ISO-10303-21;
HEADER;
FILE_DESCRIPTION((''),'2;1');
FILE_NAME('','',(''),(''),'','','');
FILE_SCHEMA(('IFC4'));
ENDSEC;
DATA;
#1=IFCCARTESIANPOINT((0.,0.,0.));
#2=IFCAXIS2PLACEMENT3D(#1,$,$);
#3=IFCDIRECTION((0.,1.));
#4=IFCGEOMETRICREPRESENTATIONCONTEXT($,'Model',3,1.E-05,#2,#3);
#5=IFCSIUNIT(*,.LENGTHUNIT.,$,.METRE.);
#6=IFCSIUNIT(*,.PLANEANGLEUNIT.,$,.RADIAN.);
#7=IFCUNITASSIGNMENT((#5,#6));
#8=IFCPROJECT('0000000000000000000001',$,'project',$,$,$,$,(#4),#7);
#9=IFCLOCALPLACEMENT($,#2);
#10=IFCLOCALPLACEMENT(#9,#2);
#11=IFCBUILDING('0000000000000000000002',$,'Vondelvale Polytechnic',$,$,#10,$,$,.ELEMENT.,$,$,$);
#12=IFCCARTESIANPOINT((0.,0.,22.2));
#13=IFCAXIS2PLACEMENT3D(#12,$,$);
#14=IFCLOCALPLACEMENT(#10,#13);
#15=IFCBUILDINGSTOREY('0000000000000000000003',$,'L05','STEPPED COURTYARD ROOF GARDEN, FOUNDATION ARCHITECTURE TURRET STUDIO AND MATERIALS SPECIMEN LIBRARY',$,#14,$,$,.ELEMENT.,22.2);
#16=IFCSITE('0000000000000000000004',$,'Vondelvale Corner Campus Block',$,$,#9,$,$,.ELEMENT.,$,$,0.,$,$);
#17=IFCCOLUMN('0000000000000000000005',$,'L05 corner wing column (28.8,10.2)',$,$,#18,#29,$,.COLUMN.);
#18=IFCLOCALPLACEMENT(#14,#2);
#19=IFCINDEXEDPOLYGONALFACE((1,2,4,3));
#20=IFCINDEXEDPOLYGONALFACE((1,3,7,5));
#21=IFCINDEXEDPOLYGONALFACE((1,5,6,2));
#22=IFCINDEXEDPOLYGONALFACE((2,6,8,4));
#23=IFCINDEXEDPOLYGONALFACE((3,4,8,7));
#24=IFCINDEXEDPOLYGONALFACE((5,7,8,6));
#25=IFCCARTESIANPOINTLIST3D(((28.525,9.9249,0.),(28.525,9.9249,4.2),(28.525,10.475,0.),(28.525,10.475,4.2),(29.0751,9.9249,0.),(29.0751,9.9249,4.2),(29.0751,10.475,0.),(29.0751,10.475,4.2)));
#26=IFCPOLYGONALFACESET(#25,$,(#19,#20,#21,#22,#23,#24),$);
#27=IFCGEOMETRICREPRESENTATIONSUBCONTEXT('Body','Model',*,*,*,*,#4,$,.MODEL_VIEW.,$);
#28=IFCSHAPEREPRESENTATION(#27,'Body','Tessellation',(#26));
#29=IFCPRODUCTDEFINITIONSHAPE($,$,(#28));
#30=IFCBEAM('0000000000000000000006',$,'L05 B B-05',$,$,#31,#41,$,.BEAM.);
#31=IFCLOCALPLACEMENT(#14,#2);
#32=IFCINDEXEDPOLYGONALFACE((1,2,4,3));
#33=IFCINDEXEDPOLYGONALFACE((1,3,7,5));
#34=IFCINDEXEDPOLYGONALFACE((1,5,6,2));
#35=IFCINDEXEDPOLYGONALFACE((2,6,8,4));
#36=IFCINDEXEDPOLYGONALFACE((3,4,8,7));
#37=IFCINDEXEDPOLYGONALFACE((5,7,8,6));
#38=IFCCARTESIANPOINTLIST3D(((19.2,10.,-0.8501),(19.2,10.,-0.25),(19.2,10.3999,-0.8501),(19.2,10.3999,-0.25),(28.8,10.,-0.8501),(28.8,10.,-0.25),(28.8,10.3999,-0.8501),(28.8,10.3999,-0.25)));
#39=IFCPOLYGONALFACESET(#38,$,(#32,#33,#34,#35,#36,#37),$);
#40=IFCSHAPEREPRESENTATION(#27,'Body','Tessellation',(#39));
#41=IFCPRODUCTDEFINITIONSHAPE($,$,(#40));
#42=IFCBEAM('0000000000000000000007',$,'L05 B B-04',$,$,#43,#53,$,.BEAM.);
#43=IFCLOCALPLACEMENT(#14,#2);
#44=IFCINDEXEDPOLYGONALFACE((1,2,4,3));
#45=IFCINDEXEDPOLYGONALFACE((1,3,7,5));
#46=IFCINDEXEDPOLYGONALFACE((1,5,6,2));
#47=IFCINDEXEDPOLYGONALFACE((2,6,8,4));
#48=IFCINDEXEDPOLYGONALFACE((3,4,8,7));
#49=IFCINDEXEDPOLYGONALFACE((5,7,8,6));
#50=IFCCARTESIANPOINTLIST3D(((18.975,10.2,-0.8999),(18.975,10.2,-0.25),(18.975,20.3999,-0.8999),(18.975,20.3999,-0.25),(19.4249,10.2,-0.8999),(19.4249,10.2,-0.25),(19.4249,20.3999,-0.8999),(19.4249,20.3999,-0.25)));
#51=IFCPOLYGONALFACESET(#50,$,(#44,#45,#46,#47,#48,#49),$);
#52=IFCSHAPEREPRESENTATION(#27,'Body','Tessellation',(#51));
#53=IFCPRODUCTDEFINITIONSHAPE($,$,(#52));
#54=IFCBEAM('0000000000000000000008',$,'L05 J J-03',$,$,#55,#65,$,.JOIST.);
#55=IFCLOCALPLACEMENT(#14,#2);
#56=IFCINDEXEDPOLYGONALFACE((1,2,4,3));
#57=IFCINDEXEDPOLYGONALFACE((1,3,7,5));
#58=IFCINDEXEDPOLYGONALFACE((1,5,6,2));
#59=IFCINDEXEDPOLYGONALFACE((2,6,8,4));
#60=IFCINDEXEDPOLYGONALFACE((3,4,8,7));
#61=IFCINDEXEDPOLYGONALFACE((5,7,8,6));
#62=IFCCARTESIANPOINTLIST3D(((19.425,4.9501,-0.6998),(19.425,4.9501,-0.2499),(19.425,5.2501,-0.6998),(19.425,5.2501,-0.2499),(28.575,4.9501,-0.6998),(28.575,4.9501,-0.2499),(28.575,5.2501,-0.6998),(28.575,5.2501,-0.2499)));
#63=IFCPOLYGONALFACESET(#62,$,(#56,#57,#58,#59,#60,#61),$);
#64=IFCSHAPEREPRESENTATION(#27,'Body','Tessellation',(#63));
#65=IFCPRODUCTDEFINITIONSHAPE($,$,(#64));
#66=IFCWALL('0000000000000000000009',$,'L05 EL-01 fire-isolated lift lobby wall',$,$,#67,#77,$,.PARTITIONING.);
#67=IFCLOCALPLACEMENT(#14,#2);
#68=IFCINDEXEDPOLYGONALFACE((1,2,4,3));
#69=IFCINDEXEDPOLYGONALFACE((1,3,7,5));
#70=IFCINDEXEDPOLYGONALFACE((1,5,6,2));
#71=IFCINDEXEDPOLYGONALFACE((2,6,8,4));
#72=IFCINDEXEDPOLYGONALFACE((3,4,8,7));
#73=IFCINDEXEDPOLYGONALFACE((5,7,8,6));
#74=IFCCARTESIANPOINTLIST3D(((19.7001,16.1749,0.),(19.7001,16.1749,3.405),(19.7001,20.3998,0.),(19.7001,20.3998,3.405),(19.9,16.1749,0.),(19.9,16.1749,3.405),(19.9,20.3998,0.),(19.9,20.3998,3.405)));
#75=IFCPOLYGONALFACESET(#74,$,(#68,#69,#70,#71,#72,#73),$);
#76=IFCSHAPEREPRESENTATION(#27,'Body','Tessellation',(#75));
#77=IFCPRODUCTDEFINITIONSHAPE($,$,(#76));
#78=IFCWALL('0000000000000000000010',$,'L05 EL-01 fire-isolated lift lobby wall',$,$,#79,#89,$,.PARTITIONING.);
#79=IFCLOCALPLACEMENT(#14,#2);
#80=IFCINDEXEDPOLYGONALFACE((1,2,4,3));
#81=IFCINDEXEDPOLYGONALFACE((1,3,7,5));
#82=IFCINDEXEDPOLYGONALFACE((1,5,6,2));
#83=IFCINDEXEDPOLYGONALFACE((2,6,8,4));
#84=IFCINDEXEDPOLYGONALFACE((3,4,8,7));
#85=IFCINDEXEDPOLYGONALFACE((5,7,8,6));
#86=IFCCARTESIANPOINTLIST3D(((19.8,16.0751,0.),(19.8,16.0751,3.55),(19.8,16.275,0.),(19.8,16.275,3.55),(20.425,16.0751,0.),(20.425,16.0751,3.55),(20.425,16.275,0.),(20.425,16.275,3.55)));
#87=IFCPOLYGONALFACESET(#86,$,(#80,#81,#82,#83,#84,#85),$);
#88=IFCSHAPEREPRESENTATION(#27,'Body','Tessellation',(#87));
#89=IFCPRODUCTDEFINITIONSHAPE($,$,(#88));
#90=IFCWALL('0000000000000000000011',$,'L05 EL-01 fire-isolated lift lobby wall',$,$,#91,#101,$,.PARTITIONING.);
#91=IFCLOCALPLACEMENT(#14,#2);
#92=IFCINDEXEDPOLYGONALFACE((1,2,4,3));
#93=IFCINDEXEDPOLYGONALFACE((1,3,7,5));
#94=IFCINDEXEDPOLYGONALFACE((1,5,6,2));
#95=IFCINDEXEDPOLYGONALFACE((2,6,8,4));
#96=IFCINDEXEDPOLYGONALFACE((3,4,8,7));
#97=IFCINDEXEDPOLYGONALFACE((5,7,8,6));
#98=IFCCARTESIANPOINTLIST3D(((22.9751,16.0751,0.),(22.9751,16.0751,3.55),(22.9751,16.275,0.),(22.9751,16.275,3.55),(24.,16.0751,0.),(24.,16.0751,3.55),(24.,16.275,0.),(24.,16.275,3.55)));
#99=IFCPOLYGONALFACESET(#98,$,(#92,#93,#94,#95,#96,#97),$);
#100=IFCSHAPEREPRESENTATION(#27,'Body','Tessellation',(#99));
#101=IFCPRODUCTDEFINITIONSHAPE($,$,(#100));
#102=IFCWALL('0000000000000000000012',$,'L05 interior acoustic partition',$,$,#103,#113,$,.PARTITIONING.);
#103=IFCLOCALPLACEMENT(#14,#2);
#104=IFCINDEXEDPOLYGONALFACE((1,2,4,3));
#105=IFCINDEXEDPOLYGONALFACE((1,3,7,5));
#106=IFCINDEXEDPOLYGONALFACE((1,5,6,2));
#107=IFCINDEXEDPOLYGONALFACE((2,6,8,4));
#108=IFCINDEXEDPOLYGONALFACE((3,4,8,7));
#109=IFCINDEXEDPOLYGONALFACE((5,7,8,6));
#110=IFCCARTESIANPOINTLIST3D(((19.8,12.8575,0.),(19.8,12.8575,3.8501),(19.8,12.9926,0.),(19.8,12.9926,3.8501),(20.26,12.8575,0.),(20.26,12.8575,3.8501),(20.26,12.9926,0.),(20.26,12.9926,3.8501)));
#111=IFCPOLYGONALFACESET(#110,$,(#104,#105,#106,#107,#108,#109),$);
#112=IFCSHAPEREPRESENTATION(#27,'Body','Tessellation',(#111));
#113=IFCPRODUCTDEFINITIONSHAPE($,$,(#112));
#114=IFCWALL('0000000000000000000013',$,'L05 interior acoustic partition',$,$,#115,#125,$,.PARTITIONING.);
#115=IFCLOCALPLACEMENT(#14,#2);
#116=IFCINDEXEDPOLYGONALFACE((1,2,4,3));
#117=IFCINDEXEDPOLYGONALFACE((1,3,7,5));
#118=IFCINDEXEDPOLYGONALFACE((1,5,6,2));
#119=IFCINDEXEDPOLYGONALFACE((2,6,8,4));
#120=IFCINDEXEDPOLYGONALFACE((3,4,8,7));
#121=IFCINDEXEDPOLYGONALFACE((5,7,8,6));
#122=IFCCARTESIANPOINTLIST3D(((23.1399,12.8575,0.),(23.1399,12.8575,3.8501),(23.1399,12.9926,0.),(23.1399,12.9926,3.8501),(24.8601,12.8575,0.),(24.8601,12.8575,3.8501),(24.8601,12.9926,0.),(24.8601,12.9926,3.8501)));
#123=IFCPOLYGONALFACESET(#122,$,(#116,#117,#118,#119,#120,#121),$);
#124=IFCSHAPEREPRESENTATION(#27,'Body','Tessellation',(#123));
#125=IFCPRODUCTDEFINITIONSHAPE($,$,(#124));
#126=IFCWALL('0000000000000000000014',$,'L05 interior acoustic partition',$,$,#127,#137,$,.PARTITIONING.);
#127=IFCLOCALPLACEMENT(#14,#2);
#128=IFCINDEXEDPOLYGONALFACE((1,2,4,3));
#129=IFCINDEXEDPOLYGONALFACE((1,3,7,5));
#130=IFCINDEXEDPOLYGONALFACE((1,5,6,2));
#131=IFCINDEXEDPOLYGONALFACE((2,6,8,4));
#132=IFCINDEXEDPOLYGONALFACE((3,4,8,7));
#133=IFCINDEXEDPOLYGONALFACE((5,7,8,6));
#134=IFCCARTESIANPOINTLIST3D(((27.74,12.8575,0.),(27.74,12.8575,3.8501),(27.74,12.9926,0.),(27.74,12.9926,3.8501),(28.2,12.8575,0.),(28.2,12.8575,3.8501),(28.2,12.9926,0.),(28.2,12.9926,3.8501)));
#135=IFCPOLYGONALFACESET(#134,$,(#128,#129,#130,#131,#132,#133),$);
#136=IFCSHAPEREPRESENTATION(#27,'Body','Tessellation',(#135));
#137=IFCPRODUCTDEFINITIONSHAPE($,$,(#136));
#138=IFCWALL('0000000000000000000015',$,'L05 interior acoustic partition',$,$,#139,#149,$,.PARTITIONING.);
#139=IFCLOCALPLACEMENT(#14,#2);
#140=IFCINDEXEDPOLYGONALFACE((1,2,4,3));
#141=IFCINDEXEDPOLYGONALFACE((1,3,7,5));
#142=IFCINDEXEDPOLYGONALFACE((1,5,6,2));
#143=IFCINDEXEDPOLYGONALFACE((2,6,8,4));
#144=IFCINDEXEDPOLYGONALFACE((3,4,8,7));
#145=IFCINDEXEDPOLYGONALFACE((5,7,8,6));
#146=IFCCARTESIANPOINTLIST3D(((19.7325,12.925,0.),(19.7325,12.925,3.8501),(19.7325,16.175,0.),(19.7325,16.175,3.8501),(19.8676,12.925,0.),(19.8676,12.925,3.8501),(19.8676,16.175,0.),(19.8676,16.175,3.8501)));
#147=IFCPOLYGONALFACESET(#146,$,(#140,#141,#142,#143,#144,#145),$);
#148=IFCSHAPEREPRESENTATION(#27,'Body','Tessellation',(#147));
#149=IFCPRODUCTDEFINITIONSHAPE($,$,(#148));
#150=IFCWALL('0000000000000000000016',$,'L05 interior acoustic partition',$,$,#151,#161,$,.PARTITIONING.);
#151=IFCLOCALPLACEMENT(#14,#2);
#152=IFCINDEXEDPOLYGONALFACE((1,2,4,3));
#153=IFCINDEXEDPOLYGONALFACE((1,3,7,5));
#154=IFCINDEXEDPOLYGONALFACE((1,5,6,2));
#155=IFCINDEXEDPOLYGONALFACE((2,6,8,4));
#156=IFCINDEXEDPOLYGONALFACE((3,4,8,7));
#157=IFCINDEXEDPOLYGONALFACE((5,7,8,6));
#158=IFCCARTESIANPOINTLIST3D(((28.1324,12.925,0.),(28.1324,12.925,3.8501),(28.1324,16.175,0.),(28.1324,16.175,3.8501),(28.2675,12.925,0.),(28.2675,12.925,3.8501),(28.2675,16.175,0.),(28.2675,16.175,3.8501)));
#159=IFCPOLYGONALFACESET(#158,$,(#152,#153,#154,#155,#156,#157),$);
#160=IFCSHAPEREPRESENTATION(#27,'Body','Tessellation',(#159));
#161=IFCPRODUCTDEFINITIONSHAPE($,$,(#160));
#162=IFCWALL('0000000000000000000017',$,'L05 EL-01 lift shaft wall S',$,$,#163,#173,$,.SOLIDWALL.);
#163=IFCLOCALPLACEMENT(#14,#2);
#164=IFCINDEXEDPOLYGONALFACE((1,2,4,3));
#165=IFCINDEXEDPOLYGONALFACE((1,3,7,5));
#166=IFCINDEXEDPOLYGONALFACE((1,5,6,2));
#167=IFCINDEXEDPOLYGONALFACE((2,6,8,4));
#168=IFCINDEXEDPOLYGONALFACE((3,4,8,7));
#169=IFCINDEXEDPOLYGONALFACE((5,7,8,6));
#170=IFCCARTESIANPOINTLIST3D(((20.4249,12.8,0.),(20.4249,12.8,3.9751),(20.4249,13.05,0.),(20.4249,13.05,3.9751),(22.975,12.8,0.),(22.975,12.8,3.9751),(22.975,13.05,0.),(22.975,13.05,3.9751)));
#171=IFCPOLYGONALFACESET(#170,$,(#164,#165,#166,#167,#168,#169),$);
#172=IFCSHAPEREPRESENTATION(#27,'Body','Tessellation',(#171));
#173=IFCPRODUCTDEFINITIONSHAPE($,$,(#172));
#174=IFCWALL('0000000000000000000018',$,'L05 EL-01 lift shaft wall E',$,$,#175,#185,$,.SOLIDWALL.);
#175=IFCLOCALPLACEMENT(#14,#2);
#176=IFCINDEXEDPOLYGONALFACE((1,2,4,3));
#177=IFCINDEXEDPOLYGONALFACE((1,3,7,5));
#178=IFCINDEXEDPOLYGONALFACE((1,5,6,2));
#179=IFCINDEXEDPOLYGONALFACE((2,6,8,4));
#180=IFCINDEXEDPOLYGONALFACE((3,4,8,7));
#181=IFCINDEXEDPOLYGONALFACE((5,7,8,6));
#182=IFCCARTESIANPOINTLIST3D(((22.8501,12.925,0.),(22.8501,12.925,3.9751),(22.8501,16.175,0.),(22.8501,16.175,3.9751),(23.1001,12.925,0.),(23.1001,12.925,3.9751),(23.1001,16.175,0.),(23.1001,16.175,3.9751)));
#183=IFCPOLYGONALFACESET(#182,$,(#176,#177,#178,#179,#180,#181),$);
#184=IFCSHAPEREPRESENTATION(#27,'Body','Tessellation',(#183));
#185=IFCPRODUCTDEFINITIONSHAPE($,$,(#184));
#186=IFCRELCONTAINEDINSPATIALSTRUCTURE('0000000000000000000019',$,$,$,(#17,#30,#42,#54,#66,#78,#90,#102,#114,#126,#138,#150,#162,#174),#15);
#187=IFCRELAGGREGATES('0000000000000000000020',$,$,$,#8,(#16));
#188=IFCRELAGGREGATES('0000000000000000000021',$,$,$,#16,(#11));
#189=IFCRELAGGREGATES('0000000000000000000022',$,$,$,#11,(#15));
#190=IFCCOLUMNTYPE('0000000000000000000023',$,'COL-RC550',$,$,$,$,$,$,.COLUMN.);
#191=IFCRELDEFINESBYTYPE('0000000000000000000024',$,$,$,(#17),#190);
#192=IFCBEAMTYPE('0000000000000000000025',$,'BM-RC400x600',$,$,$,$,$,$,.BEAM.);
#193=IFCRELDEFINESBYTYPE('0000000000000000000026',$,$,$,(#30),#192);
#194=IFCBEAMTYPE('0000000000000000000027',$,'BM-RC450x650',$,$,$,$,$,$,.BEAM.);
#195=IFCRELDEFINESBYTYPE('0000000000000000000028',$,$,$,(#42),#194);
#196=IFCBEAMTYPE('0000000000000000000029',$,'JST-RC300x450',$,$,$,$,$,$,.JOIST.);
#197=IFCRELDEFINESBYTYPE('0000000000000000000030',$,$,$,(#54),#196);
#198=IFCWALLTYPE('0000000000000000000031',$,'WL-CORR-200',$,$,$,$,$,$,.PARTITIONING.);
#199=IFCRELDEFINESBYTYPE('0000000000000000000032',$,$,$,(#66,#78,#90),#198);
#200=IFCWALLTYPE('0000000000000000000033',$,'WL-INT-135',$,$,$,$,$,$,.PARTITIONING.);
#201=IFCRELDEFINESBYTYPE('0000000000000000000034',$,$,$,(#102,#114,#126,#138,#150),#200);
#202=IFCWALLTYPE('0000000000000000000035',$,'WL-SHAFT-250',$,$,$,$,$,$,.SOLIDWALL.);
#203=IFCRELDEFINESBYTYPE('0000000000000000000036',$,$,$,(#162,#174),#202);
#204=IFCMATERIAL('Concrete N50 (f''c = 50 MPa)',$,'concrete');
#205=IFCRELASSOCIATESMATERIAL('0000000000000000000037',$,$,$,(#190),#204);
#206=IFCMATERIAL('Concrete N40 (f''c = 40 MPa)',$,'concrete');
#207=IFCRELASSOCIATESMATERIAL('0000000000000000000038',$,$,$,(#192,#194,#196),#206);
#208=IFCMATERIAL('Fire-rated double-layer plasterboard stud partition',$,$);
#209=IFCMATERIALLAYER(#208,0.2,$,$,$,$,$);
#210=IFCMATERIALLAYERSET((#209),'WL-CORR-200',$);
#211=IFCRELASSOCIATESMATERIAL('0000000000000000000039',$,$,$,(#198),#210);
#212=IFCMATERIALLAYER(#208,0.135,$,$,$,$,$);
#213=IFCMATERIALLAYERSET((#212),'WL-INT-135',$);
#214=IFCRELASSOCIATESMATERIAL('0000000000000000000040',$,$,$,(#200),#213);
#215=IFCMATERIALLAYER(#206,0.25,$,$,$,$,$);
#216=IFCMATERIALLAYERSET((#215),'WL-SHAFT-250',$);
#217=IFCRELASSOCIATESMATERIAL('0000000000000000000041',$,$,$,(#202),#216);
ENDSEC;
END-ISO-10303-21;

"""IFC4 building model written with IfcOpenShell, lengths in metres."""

from ifc_helpers import new_model, si_unit, direction, frame, frame_2d, origin, origin_2d, place, context, subcontext, project, spatial, rectangle, extrude, material, layer, layer_set, material_profile, profile_set, type_object, element, save


model = new_model("IFC4")

# Units and contexts
model_context = context("Model", 3, precision=1e-05, world=origin(), true_north=direction((0.0, 1.0)))
body_context = subcontext(model_context, "Body", "Model", "MODEL_VIEW")
ifc_project = project(units=[si_unit("LENGTHUNIT", "METRE"), si_unit("PLANEANGLEUNIT", "RADIAN")], contexts=[model_context])

# Site, building, storey
site_placement = place(None, origin())
site = spatial("IfcSite", under=ifc_project, at=site_placement, Name="Vondelvale Corner Campus Block", CompositionType="ELEMENT", RefElevation=0.0)
building_placement = place(site_placement, origin())
building = spatial("IfcBuilding", under=site, at=building_placement, Name="Vondelvale Polytechnic", CompositionType="ELEMENT")
storey_placement = place(building_placement, frame((0.0, 0.0, 22.2)))
storey = spatial("IfcBuildingStorey", under=building, at=storey_placement, Name="L05", Description="STEPPED COURTYARD ROOF GARDEN, FOUNDATION ARCHITECTURE TURRET STUDIO AND MATERIALS SPECIMEN LIBRARY", CompositionType="ELEMENT", Elevation=22.2)

# Column
ifc_material_1 = material(Name="Concrete N50 (f'c = 50 MPa)", Category="concrete")
ifc_material_profile_1 = material_profile(ifc_material_1, rectangle(XDim=0.55, YDim=0.55, at=origin_2d()), Name="RC-COL-550x550")
ifc_profile_set_1 = profile_set([ifc_material_profile_1], Name="Concrete N50 (f'c = 50 MPa)")
column_type = type_object("IfcColumnType", Name="COL-RC550", PredefinedType="COLUMN", material=ifc_profile_set_1)
column_placement = place(storey_placement, frame((28.8, 10.2, 0.0), z_axis=(0.0, 0.0, 1.0), x_axis=(1.0, 0.0, 0.0)))
element("IfcColumn", 1, at=column_placement, inside=storey, type_object=column_type, Name="L05 corner wing column (28.8,10.2)", PredefinedType="COLUMN", context=body_context, shape_type="SweptSolid", body=[
    extrude(rectangle(XDim=0.55, YDim=0.55, at=origin_2d()), origin(), (0.0, 0.0, 1.0), 4.2),
])

# Beams
ifc_material_2 = material(Name="Concrete N40 (f'c = 40 MPa)", Category="concrete")
ifc_material_profile_2 = material_profile(ifc_material_2, rectangle(XDim=0.3999, YDim=0.6001, at=origin_2d()), Name="RC-BM-400x600")
ifc_profile_set_2 = profile_set([ifc_material_profile_2], Name="Concrete N40 (f'c = 40 MPa)")
beam_type_1 = type_object("IfcBeamType", Name="BM-RC400x600", PredefinedType="BEAM", material=ifc_profile_set_2)
beam_1_placement = place(storey_placement, frame((19.2, 10.2, -0.55), z_axis=(1.0, 0.0, 0.0), x_axis=(0.0, 1.0, 0.0)))
element("IfcBeam", 2, at=beam_1_placement, inside=storey, type_object=beam_type_1, Name="L05 B B-05", PredefinedType="BEAM", context=body_context, shape_type="SweptSolid", body=[
    extrude(rectangle(XDim=0.3999, YDim=0.6001, at=origin_2d()), origin(), (0.0, 0.0, 1.0), 9.6001),
])
ifc_material_profile_3 = material_profile(ifc_material_2, rectangle(XDim=0.45, YDim=0.6499, at=origin_2d()), Name="RC-BM-450x650")
ifc_profile_set_3 = profile_set([ifc_material_profile_3], Name="Concrete N40 (f'c = 40 MPa)")
beam_type_2 = type_object("IfcBeamType", Name="BM-RC450x650", PredefinedType="BEAM", material=ifc_profile_set_3)
beam_2_placement = place(storey_placement, frame((19.2, 10.2, -0.575), z_axis=(0.0, 1.0, 0.0), x_axis=(-1.0, 0.0, 0.0)))
element("IfcBeam", 3, at=beam_2_placement, inside=storey, type_object=beam_type_2, Name="L05 B B-04", PredefinedType="BEAM", context=body_context, shape_type="SweptSolid", body=[
    extrude(rectangle(XDim=0.45, YDim=0.6499, at=origin_2d()), origin(), (0.0, 0.0, 1.0), 10.2),
])
ifc_material_profile_4 = material_profile(ifc_material_2, rectangle(XDim=0.3, YDim=0.45, at=origin_2d()), Name="RC-JST-300x450")
ifc_profile_set_4 = profile_set([ifc_material_profile_4], Name="Concrete N40 (f'c = 40 MPa)")
beam_type_3 = type_object("IfcBeamType", Name="JST-RC300x450", PredefinedType="JOIST", material=ifc_profile_set_4)
beam_3_placement = place(storey_placement, frame((19.425, 5.1001, -0.4749), z_axis=(1.0, 0.0, 0.0), x_axis=(0.0, 1.0, 0.0)))
element("IfcBeam", 4, at=beam_3_placement, inside=storey, type_object=beam_type_3, Name="L05 J J-03", PredefinedType="JOIST", context=body_context, shape_type="SweptSolid", body=[
    extrude(rectangle(XDim=0.3, YDim=0.45, at=origin_2d()), origin(), (0.0, 0.0, 1.0), 9.1499),
])

# Walls
ifc_material_3 = material(Name="Fire-rated double-layer plasterboard stud partition")
ifc_layer_1 = layer(ifc_material_3, 0.2)
ifc_layer_set_1 = layer_set([ifc_layer_1], Name="WL-CORR-200")
wall_type_1 = type_object("IfcWallType", Name="WL-CORR-200", PredefinedType="PARTITIONING", material=ifc_layer_set_1)
wall_1_placement = place(storey_placement, frame((19.8, 16.175, 0.0), z_axis=(0.0, 0.0, 1.0), x_axis=(0.0, 1.0, 0.0)))
element("IfcWall", 5, at=wall_1_placement, inside=storey, type_object=wall_type_1, Name="L05 EL-01 fire-isolated lift lobby wall", PredefinedType="PARTITIONING", context=body_context, shape_type="SweptSolid", body=[
    extrude(rectangle(XDim=4.2249, YDim=0.2, at=frame_2d((2.1123, 0.0))), origin(), (0.0, 0.0, 1.0), 3.405),
])
wall_2_placement = place(storey_placement, frame((19.8, 16.175, 0.0), z_axis=(0.0, 0.0, 1.0), x_axis=(1.0, 0.0, 0.0)))
element("IfcWall", 6, at=wall_2_placement, inside=storey, type_object=wall_type_1, Name="L05 EL-01 fire-isolated lift lobby wall", PredefinedType="PARTITIONING", context=body_context, shape_type="SweptSolid", body=[
    extrude(rectangle(XDim=0.625, YDim=0.2, at=frame_2d((0.3125, 0.0))), origin(), (0.0, 0.0, 1.0), 3.55),
])
wall_3_placement = place(storey_placement, frame((22.9751, 16.175, 0.0), z_axis=(0.0, 0.0, 1.0), x_axis=(1.0, 0.0, 0.0)))
element("IfcWall", 7, at=wall_3_placement, inside=storey, type_object=wall_type_1, Name="L05 EL-01 fire-isolated lift lobby wall", PredefinedType="PARTITIONING", context=body_context, shape_type="SweptSolid", body=[
    extrude(rectangle(XDim=1.0249, YDim=0.2, at=frame_2d((0.5125, 0.0))), origin(), (0.0, 0.0, 1.0), 3.55),
])
ifc_layer_2 = layer(ifc_material_3, 0.135)
ifc_layer_set_2 = layer_set([ifc_layer_2], Name="WL-INT-135")
wall_type_2 = type_object("IfcWallType", Name="WL-INT-135", PredefinedType="PARTITIONING", material=ifc_layer_set_2)
wall_4_placement = place(storey_placement, frame((19.8, 12.925, 0.0), z_axis=(0.0, 0.0, 1.0), x_axis=(1.0, 0.0, 0.0)))
element("IfcWall", 8, at=wall_4_placement, inside=storey, type_object=wall_type_2, Name="L05 interior acoustic partition", PredefinedType="PARTITIONING", context=body_context, shape_type="SweptSolid", body=[
    extrude(rectangle(XDim=0.46, YDim=0.135, at=frame_2d((0.23, 0.0))), origin(), (0.0, 0.0, 1.0), 3.8501),
])
wall_5_placement = place(storey_placement, frame((23.1399, 12.925, 0.0), z_axis=(0.0, 0.0, 1.0), x_axis=(1.0, 0.0, 0.0)))
element("IfcWall", 9, at=wall_5_placement, inside=storey, type_object=wall_type_2, Name="L05 interior acoustic partition", PredefinedType="PARTITIONING", context=body_context, shape_type="SweptSolid", body=[
    extrude(rectangle(XDim=1.7202, YDim=0.135, at=frame_2d((0.8601, 0.0))), origin(), (0.0, 0.0, 1.0), 3.8501),
])
wall_6_placement = place(storey_placement, frame((27.74, 12.925, 0.0), z_axis=(0.0, 0.0, 1.0), x_axis=(1.0, 0.0, 0.0)))
element("IfcWall", 10, at=wall_6_placement, inside=storey, type_object=wall_type_2, Name="L05 interior acoustic partition", PredefinedType="PARTITIONING", context=body_context, shape_type="SweptSolid", body=[
    extrude(rectangle(XDim=0.46, YDim=0.135, at=frame_2d((0.23, 0.0))), origin(), (0.0, 0.0, 1.0), 3.8501),
])
for number, where, z_axis, x_axis, name in (
    (11, (19.8, 12.925, 0.0), (0.0, 0.0, 1.0), (0.0, 1.0, 0.0), "L05 interior acoustic partition"),
    (12, (28.2, 12.925, 0.0), (0.0, 0.0, 1.0), (0.0, 1.0, 0.0), "L05 interior acoustic partition"),
):
    element("IfcWall", number, at=place(storey_placement, frame(where, z_axis=z_axis, x_axis=x_axis)), inside=storey, type_object=wall_type_2, Name=name, PredefinedType="PARTITIONING", context=body_context, shape_type="SweptSolid", body=[
        extrude(rectangle(XDim=3.25, YDim=0.135, at=frame_2d((1.625, 0.0))), origin(), (0.0, 0.0, 1.0), 3.8501),
    ])
ifc_layer_3 = layer(ifc_material_2, 0.25)
ifc_layer_set_3 = layer_set([ifc_layer_3], Name="WL-SHAFT-250")
wall_type_3 = type_object("IfcWallType", Name="WL-SHAFT-250", PredefinedType="SOLIDWALL", material=ifc_layer_set_3)
wall_7_placement = place(storey_placement, frame((20.425, 12.925, 0.0), z_axis=(0.0, 0.0, 1.0), x_axis=(1.0, 0.0, 0.0)))
element("IfcWall", 13, at=wall_7_placement, inside=storey, type_object=wall_type_3, Name="L05 EL-01 lift shaft wall S", PredefinedType="SOLIDWALL", context=body_context, shape_type="SweptSolid", body=[
    extrude(rectangle(XDim=2.55, YDim=0.25, at=frame_2d((1.2749, 0.0))), origin(), (0.0, 0.0, 1.0), 3.9751),
])
wall_8_placement = place(storey_placement, frame((22.9751, 12.925, 0.0), z_axis=(0.0, 0.0, 1.0), x_axis=(0.0, 1.0, 0.0)))
element("IfcWall", 14, at=wall_8_placement, inside=storey, type_object=wall_type_3, Name="L05 EL-01 lift shaft wall E", PredefinedType="SOLIDWALL", context=body_context, shape_type="SweptSolid", body=[
    extrude(rectangle(XDim=3.25, YDim=0.25, at=frame_2d((1.625, 0.0))), origin(), (0.0, 0.0, 1.0), 3.9751),
])

save(model, "model.ifc")
